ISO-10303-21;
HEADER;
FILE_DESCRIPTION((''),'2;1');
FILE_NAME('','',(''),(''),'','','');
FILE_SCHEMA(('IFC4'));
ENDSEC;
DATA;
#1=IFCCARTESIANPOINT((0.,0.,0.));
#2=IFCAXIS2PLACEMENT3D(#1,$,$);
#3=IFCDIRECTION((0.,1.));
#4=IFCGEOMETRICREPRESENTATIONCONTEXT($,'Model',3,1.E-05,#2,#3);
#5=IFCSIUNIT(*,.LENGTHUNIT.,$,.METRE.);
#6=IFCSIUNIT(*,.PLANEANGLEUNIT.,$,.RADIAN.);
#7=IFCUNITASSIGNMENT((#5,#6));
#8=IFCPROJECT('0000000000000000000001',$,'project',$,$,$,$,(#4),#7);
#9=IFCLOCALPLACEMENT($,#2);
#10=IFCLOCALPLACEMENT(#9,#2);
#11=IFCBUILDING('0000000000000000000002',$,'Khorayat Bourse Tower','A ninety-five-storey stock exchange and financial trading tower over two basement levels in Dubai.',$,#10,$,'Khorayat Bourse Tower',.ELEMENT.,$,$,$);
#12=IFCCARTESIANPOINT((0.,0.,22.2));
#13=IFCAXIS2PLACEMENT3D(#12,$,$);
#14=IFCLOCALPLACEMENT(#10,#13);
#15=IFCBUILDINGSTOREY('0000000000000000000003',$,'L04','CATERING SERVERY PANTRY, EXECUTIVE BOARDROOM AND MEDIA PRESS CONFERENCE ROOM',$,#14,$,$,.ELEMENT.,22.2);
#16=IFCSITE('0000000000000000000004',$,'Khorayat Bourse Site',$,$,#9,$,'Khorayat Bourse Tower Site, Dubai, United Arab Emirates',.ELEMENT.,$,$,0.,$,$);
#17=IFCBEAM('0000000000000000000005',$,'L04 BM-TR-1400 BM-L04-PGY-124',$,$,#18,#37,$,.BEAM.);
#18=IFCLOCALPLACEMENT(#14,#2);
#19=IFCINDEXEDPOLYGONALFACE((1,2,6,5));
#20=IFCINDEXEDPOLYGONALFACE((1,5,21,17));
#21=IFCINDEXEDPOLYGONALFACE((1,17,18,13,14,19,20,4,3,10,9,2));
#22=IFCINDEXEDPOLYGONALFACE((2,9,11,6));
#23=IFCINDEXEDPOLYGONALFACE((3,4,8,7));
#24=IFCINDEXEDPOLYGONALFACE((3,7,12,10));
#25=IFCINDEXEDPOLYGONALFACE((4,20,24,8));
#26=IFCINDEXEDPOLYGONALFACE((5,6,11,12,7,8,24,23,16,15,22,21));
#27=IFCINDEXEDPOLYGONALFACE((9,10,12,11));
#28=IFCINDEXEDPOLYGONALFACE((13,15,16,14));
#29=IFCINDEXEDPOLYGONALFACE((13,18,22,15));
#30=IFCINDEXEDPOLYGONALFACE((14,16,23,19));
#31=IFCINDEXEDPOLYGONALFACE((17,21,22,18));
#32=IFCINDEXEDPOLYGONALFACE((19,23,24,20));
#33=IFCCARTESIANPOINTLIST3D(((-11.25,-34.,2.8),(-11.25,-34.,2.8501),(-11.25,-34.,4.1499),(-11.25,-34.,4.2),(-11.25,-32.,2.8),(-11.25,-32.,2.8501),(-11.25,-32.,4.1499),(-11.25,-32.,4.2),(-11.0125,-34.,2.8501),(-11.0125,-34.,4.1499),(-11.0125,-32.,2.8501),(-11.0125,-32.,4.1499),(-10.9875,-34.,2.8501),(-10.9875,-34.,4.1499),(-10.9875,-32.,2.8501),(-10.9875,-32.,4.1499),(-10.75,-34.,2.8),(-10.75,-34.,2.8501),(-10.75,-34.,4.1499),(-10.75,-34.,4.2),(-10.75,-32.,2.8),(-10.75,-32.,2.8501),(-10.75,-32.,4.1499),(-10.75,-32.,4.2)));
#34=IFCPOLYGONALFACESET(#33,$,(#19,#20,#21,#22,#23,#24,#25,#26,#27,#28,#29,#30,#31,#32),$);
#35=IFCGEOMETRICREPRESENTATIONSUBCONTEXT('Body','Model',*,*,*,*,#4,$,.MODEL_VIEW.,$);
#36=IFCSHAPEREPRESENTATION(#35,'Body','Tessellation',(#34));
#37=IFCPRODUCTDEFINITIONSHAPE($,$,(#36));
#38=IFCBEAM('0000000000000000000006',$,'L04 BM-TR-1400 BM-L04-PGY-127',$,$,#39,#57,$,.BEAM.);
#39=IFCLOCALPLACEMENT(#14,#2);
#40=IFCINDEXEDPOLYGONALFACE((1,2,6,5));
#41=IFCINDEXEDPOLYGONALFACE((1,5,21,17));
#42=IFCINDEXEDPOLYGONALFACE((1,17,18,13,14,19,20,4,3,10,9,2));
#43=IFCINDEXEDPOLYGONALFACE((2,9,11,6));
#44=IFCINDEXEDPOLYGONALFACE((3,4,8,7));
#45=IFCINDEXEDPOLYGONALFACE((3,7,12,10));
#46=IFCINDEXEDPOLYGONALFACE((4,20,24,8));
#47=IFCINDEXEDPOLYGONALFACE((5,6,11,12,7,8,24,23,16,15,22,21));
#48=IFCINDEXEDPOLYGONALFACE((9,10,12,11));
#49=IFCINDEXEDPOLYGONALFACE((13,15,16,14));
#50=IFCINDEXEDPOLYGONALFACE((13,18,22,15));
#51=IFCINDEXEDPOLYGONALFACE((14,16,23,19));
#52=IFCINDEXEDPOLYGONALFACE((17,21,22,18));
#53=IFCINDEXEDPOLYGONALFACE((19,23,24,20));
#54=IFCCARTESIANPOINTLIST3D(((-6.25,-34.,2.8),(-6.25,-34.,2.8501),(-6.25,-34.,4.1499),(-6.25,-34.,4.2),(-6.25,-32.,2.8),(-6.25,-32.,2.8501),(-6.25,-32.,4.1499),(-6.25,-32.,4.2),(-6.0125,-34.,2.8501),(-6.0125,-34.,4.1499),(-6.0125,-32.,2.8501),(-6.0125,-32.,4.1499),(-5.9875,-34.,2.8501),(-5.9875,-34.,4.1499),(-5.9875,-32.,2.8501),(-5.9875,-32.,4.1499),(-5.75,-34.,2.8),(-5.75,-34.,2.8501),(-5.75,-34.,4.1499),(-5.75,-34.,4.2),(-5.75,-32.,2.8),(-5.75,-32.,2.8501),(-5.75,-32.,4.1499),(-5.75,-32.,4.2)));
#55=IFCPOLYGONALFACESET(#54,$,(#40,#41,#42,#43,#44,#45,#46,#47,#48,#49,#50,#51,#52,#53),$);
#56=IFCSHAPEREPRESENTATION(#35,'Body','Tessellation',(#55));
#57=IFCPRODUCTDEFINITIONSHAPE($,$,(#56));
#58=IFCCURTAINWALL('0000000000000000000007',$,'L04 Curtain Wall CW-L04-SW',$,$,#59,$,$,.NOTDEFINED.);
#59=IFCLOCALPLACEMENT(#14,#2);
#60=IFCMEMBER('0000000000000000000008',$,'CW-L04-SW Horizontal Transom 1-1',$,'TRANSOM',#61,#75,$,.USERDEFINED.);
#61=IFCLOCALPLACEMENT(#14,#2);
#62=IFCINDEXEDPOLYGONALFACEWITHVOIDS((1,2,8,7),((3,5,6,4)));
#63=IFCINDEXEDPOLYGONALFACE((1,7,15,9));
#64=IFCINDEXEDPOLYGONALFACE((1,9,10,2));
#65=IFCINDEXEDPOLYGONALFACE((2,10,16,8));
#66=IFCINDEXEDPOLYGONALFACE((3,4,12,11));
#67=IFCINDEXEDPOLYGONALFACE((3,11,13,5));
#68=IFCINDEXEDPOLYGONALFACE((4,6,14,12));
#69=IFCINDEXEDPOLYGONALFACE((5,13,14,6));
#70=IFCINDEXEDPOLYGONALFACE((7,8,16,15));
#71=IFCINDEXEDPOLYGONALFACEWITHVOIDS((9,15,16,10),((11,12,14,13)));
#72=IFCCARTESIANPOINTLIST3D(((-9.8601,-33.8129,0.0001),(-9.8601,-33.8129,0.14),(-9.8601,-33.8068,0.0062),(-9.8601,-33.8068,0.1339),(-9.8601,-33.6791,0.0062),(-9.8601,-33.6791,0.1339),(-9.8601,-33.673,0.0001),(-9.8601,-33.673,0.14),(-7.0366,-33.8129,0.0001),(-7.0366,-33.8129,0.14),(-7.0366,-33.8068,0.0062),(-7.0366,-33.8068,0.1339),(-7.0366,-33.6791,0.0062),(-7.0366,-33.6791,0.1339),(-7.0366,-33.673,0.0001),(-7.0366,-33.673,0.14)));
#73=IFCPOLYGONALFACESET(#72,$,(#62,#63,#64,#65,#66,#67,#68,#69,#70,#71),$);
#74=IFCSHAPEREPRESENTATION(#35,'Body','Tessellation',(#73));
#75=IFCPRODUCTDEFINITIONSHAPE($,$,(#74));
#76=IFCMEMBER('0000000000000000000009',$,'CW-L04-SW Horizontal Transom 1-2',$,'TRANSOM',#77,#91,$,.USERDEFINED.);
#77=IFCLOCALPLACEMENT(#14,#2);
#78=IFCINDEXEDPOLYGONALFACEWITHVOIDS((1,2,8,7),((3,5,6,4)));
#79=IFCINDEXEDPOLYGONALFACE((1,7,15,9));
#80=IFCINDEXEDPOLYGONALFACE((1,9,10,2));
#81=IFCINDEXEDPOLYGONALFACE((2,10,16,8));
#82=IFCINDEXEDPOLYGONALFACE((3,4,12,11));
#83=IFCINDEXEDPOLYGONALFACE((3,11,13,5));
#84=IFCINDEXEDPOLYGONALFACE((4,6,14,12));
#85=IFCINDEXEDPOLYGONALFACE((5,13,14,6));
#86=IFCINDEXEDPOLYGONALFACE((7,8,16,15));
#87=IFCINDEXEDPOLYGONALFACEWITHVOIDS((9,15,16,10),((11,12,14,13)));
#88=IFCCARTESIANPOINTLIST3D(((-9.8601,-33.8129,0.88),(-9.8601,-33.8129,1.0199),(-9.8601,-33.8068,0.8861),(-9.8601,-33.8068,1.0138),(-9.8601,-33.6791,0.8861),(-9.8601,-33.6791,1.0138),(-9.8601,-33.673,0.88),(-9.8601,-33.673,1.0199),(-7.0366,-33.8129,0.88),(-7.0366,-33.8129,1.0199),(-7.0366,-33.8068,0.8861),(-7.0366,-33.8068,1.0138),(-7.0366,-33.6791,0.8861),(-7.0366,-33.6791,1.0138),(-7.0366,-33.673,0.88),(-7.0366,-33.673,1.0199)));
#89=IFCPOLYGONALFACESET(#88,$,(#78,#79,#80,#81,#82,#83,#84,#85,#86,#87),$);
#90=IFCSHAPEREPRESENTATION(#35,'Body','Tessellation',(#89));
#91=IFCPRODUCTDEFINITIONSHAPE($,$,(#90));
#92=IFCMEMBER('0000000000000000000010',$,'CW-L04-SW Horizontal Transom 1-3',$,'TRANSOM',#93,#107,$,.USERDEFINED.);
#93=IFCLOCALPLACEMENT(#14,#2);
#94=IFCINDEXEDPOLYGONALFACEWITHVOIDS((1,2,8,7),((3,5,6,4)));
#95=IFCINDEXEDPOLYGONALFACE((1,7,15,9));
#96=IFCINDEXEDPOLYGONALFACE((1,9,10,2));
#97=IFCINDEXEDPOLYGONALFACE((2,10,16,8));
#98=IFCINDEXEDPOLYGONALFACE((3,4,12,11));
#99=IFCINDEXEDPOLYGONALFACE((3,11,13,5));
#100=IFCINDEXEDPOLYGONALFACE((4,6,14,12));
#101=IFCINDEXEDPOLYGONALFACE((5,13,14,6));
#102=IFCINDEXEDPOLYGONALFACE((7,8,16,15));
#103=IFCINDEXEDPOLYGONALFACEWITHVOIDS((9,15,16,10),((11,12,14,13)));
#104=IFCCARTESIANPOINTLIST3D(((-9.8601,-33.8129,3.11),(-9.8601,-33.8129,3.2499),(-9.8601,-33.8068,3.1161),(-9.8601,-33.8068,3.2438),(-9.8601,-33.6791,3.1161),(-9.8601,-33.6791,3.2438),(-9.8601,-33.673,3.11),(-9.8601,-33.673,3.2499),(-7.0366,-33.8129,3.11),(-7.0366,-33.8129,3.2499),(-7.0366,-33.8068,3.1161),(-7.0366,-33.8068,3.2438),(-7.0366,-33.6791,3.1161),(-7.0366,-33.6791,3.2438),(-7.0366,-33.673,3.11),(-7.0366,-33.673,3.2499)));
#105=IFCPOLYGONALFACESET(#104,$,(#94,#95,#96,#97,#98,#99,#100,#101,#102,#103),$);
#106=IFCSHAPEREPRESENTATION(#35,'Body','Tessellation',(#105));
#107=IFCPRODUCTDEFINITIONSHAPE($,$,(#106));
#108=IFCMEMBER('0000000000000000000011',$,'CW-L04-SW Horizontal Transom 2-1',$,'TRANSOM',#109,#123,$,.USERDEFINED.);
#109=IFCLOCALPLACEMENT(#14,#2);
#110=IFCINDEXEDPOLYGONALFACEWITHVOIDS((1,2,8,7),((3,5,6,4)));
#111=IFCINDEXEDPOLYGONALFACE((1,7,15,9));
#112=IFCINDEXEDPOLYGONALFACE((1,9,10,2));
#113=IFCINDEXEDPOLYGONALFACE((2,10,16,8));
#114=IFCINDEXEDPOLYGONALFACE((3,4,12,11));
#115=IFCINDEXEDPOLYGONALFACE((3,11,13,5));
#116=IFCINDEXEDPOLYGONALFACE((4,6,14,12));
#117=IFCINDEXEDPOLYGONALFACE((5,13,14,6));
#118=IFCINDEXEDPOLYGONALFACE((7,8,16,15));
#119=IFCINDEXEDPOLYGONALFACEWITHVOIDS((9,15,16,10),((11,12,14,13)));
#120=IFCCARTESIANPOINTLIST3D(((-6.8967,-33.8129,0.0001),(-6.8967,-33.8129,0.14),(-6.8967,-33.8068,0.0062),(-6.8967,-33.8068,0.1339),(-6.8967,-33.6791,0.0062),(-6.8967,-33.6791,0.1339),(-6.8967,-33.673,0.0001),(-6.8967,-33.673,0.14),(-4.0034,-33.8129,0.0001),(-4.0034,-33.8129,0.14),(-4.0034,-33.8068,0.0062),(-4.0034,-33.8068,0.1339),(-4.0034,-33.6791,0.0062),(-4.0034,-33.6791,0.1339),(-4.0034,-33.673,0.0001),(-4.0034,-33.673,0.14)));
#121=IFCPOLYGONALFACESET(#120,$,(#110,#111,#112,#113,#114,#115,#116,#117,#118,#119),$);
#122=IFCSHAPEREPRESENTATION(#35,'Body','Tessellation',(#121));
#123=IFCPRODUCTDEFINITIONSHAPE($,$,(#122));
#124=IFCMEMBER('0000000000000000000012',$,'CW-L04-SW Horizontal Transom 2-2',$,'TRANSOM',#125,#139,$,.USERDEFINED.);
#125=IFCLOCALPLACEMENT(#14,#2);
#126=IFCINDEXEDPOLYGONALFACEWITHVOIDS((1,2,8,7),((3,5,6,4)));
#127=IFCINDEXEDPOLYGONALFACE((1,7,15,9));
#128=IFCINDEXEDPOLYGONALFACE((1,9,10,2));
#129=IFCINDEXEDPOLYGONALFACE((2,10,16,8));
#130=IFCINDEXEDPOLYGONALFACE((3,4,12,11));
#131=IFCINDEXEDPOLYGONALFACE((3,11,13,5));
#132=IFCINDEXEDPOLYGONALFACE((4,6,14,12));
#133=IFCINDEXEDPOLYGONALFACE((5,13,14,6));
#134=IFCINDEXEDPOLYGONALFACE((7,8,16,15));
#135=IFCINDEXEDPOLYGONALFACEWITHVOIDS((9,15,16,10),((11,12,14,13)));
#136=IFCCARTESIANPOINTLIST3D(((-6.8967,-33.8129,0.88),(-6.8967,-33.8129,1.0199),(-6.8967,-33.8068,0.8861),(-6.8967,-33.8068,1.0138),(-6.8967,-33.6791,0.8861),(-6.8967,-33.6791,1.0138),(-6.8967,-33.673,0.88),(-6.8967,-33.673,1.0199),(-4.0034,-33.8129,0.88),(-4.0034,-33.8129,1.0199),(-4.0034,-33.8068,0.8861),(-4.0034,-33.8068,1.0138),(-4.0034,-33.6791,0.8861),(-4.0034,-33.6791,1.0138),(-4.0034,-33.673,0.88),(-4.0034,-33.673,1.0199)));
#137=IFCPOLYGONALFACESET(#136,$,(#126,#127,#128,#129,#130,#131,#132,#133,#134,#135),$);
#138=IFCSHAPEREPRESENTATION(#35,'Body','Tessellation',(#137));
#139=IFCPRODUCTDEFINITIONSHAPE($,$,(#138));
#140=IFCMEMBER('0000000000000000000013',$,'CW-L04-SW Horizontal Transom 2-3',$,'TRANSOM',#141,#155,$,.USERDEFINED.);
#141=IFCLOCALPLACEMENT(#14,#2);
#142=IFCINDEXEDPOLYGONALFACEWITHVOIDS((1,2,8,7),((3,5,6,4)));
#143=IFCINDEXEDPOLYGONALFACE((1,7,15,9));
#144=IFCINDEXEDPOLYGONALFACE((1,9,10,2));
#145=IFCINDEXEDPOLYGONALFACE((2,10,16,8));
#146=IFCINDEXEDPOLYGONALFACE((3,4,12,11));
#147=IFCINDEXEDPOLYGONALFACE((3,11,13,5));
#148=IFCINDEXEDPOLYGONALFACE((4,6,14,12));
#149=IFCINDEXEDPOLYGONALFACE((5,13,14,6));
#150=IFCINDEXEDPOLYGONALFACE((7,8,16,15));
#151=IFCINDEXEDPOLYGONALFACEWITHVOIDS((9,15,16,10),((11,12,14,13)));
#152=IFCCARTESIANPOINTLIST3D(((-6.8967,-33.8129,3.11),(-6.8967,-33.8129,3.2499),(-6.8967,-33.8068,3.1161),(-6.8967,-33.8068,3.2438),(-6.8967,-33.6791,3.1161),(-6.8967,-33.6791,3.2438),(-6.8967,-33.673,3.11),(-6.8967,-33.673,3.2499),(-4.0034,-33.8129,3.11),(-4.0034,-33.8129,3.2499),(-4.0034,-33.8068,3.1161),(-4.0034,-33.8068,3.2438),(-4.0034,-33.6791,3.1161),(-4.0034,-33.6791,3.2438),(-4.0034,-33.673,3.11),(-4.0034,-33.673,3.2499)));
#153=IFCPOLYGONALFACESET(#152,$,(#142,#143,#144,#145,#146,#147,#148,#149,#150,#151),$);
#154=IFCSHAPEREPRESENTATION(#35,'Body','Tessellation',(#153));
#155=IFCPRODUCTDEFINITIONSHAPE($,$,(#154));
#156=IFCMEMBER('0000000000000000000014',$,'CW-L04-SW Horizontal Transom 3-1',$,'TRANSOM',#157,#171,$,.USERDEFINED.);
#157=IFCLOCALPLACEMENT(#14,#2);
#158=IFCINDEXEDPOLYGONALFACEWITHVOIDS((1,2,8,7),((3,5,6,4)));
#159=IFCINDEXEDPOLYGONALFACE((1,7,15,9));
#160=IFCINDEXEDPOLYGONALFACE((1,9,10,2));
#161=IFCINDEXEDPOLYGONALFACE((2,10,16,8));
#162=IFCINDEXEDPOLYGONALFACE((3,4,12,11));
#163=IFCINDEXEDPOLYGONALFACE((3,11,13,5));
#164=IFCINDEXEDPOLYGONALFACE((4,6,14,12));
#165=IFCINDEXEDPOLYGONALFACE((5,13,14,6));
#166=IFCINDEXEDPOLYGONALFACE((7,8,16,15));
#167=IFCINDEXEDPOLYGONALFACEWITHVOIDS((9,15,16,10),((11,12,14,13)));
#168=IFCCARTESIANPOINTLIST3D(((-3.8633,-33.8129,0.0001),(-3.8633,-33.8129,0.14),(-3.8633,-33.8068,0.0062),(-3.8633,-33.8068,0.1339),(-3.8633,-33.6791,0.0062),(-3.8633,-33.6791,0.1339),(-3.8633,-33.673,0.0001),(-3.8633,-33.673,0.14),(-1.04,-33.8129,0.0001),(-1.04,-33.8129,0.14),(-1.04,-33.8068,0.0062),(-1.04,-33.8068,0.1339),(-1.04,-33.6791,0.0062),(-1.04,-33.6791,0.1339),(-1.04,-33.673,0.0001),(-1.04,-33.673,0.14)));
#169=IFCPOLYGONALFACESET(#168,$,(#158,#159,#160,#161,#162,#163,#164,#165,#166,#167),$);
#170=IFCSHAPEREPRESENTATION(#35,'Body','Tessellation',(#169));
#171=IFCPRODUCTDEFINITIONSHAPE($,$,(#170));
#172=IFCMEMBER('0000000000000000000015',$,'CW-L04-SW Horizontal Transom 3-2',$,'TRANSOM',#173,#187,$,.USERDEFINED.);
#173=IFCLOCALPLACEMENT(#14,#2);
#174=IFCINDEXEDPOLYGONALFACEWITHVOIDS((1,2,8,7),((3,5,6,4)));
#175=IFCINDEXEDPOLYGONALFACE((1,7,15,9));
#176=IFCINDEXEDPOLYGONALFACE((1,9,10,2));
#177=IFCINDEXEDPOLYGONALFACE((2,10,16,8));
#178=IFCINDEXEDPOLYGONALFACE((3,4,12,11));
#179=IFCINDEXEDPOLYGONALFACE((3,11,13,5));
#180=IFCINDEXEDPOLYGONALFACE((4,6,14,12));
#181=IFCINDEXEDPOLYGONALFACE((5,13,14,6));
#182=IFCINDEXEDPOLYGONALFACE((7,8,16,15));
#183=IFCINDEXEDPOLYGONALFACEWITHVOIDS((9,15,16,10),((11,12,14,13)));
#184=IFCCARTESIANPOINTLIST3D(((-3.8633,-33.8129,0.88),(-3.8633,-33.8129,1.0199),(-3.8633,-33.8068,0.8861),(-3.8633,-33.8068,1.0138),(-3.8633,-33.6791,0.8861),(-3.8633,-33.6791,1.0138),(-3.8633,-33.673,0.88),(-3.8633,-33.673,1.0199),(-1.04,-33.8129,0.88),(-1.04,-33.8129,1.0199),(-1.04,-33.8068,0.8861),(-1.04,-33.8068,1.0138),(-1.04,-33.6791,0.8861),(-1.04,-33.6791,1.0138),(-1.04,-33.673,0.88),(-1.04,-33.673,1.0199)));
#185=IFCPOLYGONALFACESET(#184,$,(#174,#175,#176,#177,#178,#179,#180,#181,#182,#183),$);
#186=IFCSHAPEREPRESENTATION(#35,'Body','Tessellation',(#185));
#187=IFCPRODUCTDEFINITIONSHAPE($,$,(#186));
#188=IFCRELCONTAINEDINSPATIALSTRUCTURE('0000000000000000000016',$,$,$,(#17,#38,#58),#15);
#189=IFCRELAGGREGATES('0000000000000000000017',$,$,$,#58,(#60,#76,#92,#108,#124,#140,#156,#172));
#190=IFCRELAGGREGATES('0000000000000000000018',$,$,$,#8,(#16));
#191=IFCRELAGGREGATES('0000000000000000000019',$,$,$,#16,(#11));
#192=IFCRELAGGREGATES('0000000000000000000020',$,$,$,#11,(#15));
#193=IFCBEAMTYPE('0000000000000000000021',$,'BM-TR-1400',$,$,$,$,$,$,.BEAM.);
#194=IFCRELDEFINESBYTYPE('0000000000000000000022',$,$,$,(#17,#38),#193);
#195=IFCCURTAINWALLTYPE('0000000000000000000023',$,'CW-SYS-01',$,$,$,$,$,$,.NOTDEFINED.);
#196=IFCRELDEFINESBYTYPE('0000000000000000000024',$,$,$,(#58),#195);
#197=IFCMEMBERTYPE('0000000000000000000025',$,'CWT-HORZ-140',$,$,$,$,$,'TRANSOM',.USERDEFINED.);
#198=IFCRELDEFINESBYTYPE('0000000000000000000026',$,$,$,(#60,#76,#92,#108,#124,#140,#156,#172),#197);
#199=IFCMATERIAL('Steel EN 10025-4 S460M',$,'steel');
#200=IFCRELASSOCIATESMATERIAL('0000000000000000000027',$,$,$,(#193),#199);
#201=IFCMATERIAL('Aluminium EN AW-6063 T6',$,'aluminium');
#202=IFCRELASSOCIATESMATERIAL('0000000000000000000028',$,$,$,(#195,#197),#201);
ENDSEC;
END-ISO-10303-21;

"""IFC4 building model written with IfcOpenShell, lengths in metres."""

from ifc_helpers import new_model, si_unit, direction, frame, origin, origin_2d, place, context, subcontext, project, spatial, hollow_rectangle, i_section, extrude, source, transform, mapped, material, material_profile, profile_set, type_object, element, aggregate, save


model = new_model("IFC4")

# Units and contexts
model_context = context("Model", 3, precision=1e-05, world=origin(), true_north=direction((0.0, 1.0)))
body_context = subcontext(model_context, "Body", "Model", "MODEL_VIEW")
ifc_project = project(units=[si_unit("LENGTHUNIT", "METRE"), si_unit("PLANEANGLEUNIT", "RADIAN")], contexts=[model_context])

# Site, building, storey
site_placement = place(None, origin())
site = spatial("IfcSite", under=ifc_project, at=site_placement, Name="Khorayat Bourse Site", LongName="Khorayat Bourse Tower Site, Dubai, United Arab Emirates", CompositionType="ELEMENT", RefElevation=0.0)
building_placement = place(site_placement, origin())
building = spatial("IfcBuilding", under=site, at=building_placement, Name="Khorayat Bourse Tower", Description="A ninety-five-storey stock exchange and financial trading tower over two basement levels in Dubai.", LongName="Khorayat Bourse Tower", CompositionType="ELEMENT")
storey_placement = place(building_placement, frame((0.0, 0.0, 22.2)))
storey = spatial("IfcBuildingStorey", under=building, at=storey_placement, Name="L04", Description="CATERING SERVERY PANTRY, EXECUTIVE BOARDROOM AND MEDIA PRESS CONFERENCE ROOM", CompositionType="ELEMENT", Elevation=22.2)

# Beams
ifc_material_1 = material(Name="Steel EN 10025-4 S460M", Category="steel")
ifc_material_profile_1 = material_profile(ifc_material_1, i_section(OverallWidth=0.5, OverallDepth=1.3999, WebThickness=0.0249, FlangeThickness=0.05, at=origin_2d()), Name="PG 1400x500x25x50")
ifc_profile_set_1 = profile_set([ifc_material_profile_1], Name="Steel EN 10025-4 S460M")
beam_type_1 = type_object("IfcBeamType", Name="BM-TR-1400", PredefinedType="BEAM", material=ifc_profile_set_1)
shared_shape_1 = source(origin(), body_context, "Body", "SweptSolid", [
    extrude(i_section(OverallWidth=0.5, OverallDepth=1.3999, WebThickness=0.0249, FlangeThickness=0.05, at=origin_2d()), origin(), (0.0, 0.0, 1.0), 2.0),
])
for number, where, z_axis, x_axis, name in (
    (1, (-11.0, -34.0, 3.5), (0.0, 1.0, 0.0), (-1.0, 0.0, 0.0), "L04 BM-TR-1400 BM-L04-PGY-124"),
    (2, (-6.0, -34.0, 3.5), (0.0, 1.0, 0.0), (-1.0, 0.0, 0.0), "L04 BM-TR-1400 BM-L04-PGY-127"),
):
    element("IfcBeam", number, at=place(storey_placement, frame(where, z_axis=z_axis, x_axis=x_axis)), inside=storey, type_object=beam_type_1, Name=name, PredefinedType="BEAM", context=body_context, shape_type="MappedRepresentation", body=[
        mapped(shared_shape_1, transform((0.0, 0.0, 0.0), scale=1.0)),
    ])

# Curtain wall, members
ifc_material_2 = material(Name="Aluminium EN AW-6063 T6", Category="aluminium")
curtain_wall_type = type_object("IfcCurtainWallType", Name="CW-SYS-01", PredefinedType="NOTDEFINED", material=ifc_material_2)
curtain_wall_placement = place(storey_placement, origin())
curtain_wall = element("IfcCurtainWall", 3, at=curtain_wall_placement, inside=storey, type_object=curtain_wall_type, Name="L04 Curtain Wall CW-L04-SW", PredefinedType="NOTDEFINED")
ifc_material_profile_2 = material_profile(ifc_material_2, hollow_rectangle(XDim=0.1399, YDim=0.1399, WallThickness=0.0061, at=origin_2d()), Name="ALU 140x140x6")
ifc_profile_set_2 = profile_set([ifc_material_profile_2], Name="Aluminium EN AW-6063 T6")
member_type_1 = type_object("IfcMemberType", Name="CWT-HORZ-140", ElementType="TRANSOM", PredefinedType="USERDEFINED", material=ifc_profile_set_2)
shared_shape_2 = source(origin(), body_context, "Body", "SweptSolid", [
    extrude(hollow_rectangle(XDim=0.1399, YDim=0.1399, WallThickness=0.0061, at=origin_2d()), origin(), (0.0, 0.0, 1.0), 2.8235),
])
member_1_placement = place(storey_placement, frame((-9.8601, -33.7429, 0.0701), z_axis=(1.0, 0.0, 0.0), x_axis=(0.0, 1.0, 0.0)))
member_1 = element("IfcMember", 4, at=member_1_placement, type_object=member_type_1, Name="CW-L04-SW Horizontal Transom 1-1", ObjectType="TRANSOM", PredefinedType="USERDEFINED", context=body_context, shape_type="MappedRepresentation", body=[
    mapped(shared_shape_2, transform((0.0, 0.0, 0.0), scale=1.0)),
])
member_2_placement = place(storey_placement, frame((-9.8601, -33.7429, 0.95), z_axis=(1.0, 0.0, 0.0), x_axis=(0.0, 1.0, 0.0)))
member_2 = element("IfcMember", 5, at=member_2_placement, type_object=member_type_1, Name="CW-L04-SW Horizontal Transom 1-2", ObjectType="TRANSOM", PredefinedType="USERDEFINED", context=body_context, shape_type="MappedRepresentation", body=[
    mapped(shared_shape_2, transform((0.0, 0.0, 0.0), scale=1.0)),
])
member_3_placement = place(storey_placement, frame((-9.8601, -33.7429, 3.1799), z_axis=(1.0, 0.0, 0.0), x_axis=(0.0, 1.0, 0.0)))
member_3 = element("IfcMember", 6, at=member_3_placement, type_object=member_type_1, Name="CW-L04-SW Horizontal Transom 1-3", ObjectType="TRANSOM", PredefinedType="USERDEFINED", context=body_context, shape_type="MappedRepresentation", body=[
    mapped(shared_shape_2, transform((0.0, 0.0, 0.0), scale=1.0)),
])
shared_shape_3 = source(origin(), body_context, "Body", "SweptSolid", [
    extrude(hollow_rectangle(XDim=0.1399, YDim=0.1399, WallThickness=0.0061, at=origin_2d()), origin(), (0.0, 0.0, 1.0), 2.8933),
])
member_4_placement = place(storey_placement, frame((-6.8967, -33.7429, 0.0701), z_axis=(1.0, 0.0, 0.0), x_axis=(0.0, 1.0, 0.0)))
member_4 = element("IfcMember", 7, at=member_4_placement, type_object=member_type_1, Name="CW-L04-SW Horizontal Transom 2-1", ObjectType="TRANSOM", PredefinedType="USERDEFINED", context=body_context, shape_type="MappedRepresentation", body=[
    mapped(shared_shape_3, transform((0.0, 0.0, 0.0), scale=1.0)),
])
member_5_placement = place(storey_placement, frame((-6.8967, -33.7429, 0.95), z_axis=(1.0, 0.0, 0.0), x_axis=(0.0, 1.0, 0.0)))
member_5 = element("IfcMember", 8, at=member_5_placement, type_object=member_type_1, Name="CW-L04-SW Horizontal Transom 2-2", ObjectType="TRANSOM", PredefinedType="USERDEFINED", context=body_context, shape_type="MappedRepresentation", body=[
    mapped(shared_shape_3, transform((0.0, 0.0, 0.0), scale=1.0)),
])
member_6_placement = place(storey_placement, frame((-6.8967, -33.7429, 3.1799), z_axis=(1.0, 0.0, 0.0), x_axis=(0.0, 1.0, 0.0)))
member_6 = element("IfcMember", 9, at=member_6_placement, type_object=member_type_1, Name="CW-L04-SW Horizontal Transom 2-3", ObjectType="TRANSOM", PredefinedType="USERDEFINED", context=body_context, shape_type="MappedRepresentation", body=[
    mapped(shared_shape_3, transform((0.0, 0.0, 0.0), scale=1.0)),
])
shared_shape_4 = source(origin(), body_context, "Body", "SweptSolid", [
    extrude(hollow_rectangle(XDim=0.1399, YDim=0.1399, WallThickness=0.0061, at=origin_2d()), origin(), (0.0, 0.0, 1.0), 2.8232),
])
member_7_placement = place(storey_placement, frame((-3.8633, -33.7429, 0.0701), z_axis=(1.0, 0.0, 0.0), x_axis=(0.0, 1.0, 0.0)))
member_7 = element("IfcMember", 10, at=member_7_placement, type_object=member_type_1, Name="CW-L04-SW Horizontal Transom 3-1", ObjectType="TRANSOM", PredefinedType="USERDEFINED", context=body_context, shape_type="MappedRepresentation", body=[
    mapped(shared_shape_4, transform((0.0, 0.0, 0.0), scale=1.0)),
])
member_8_placement = place(storey_placement, frame((-3.8633, -33.7429, 0.95), z_axis=(1.0, 0.0, 0.0), x_axis=(0.0, 1.0, 0.0)))
member_8 = element("IfcMember", 11, at=member_8_placement, type_object=member_type_1, Name="CW-L04-SW Horizontal Transom 3-2", ObjectType="TRANSOM", PredefinedType="USERDEFINED", context=body_context, shape_type="MappedRepresentation", body=[
    mapped(shared_shape_4, transform((0.0, 0.0, 0.0), scale=1.0)),
])

aggregate(curtain_wall, [member_1, member_2, member_3, member_4, member_5, member_6, member_7, member_8])

save(model, "model.ifc")
